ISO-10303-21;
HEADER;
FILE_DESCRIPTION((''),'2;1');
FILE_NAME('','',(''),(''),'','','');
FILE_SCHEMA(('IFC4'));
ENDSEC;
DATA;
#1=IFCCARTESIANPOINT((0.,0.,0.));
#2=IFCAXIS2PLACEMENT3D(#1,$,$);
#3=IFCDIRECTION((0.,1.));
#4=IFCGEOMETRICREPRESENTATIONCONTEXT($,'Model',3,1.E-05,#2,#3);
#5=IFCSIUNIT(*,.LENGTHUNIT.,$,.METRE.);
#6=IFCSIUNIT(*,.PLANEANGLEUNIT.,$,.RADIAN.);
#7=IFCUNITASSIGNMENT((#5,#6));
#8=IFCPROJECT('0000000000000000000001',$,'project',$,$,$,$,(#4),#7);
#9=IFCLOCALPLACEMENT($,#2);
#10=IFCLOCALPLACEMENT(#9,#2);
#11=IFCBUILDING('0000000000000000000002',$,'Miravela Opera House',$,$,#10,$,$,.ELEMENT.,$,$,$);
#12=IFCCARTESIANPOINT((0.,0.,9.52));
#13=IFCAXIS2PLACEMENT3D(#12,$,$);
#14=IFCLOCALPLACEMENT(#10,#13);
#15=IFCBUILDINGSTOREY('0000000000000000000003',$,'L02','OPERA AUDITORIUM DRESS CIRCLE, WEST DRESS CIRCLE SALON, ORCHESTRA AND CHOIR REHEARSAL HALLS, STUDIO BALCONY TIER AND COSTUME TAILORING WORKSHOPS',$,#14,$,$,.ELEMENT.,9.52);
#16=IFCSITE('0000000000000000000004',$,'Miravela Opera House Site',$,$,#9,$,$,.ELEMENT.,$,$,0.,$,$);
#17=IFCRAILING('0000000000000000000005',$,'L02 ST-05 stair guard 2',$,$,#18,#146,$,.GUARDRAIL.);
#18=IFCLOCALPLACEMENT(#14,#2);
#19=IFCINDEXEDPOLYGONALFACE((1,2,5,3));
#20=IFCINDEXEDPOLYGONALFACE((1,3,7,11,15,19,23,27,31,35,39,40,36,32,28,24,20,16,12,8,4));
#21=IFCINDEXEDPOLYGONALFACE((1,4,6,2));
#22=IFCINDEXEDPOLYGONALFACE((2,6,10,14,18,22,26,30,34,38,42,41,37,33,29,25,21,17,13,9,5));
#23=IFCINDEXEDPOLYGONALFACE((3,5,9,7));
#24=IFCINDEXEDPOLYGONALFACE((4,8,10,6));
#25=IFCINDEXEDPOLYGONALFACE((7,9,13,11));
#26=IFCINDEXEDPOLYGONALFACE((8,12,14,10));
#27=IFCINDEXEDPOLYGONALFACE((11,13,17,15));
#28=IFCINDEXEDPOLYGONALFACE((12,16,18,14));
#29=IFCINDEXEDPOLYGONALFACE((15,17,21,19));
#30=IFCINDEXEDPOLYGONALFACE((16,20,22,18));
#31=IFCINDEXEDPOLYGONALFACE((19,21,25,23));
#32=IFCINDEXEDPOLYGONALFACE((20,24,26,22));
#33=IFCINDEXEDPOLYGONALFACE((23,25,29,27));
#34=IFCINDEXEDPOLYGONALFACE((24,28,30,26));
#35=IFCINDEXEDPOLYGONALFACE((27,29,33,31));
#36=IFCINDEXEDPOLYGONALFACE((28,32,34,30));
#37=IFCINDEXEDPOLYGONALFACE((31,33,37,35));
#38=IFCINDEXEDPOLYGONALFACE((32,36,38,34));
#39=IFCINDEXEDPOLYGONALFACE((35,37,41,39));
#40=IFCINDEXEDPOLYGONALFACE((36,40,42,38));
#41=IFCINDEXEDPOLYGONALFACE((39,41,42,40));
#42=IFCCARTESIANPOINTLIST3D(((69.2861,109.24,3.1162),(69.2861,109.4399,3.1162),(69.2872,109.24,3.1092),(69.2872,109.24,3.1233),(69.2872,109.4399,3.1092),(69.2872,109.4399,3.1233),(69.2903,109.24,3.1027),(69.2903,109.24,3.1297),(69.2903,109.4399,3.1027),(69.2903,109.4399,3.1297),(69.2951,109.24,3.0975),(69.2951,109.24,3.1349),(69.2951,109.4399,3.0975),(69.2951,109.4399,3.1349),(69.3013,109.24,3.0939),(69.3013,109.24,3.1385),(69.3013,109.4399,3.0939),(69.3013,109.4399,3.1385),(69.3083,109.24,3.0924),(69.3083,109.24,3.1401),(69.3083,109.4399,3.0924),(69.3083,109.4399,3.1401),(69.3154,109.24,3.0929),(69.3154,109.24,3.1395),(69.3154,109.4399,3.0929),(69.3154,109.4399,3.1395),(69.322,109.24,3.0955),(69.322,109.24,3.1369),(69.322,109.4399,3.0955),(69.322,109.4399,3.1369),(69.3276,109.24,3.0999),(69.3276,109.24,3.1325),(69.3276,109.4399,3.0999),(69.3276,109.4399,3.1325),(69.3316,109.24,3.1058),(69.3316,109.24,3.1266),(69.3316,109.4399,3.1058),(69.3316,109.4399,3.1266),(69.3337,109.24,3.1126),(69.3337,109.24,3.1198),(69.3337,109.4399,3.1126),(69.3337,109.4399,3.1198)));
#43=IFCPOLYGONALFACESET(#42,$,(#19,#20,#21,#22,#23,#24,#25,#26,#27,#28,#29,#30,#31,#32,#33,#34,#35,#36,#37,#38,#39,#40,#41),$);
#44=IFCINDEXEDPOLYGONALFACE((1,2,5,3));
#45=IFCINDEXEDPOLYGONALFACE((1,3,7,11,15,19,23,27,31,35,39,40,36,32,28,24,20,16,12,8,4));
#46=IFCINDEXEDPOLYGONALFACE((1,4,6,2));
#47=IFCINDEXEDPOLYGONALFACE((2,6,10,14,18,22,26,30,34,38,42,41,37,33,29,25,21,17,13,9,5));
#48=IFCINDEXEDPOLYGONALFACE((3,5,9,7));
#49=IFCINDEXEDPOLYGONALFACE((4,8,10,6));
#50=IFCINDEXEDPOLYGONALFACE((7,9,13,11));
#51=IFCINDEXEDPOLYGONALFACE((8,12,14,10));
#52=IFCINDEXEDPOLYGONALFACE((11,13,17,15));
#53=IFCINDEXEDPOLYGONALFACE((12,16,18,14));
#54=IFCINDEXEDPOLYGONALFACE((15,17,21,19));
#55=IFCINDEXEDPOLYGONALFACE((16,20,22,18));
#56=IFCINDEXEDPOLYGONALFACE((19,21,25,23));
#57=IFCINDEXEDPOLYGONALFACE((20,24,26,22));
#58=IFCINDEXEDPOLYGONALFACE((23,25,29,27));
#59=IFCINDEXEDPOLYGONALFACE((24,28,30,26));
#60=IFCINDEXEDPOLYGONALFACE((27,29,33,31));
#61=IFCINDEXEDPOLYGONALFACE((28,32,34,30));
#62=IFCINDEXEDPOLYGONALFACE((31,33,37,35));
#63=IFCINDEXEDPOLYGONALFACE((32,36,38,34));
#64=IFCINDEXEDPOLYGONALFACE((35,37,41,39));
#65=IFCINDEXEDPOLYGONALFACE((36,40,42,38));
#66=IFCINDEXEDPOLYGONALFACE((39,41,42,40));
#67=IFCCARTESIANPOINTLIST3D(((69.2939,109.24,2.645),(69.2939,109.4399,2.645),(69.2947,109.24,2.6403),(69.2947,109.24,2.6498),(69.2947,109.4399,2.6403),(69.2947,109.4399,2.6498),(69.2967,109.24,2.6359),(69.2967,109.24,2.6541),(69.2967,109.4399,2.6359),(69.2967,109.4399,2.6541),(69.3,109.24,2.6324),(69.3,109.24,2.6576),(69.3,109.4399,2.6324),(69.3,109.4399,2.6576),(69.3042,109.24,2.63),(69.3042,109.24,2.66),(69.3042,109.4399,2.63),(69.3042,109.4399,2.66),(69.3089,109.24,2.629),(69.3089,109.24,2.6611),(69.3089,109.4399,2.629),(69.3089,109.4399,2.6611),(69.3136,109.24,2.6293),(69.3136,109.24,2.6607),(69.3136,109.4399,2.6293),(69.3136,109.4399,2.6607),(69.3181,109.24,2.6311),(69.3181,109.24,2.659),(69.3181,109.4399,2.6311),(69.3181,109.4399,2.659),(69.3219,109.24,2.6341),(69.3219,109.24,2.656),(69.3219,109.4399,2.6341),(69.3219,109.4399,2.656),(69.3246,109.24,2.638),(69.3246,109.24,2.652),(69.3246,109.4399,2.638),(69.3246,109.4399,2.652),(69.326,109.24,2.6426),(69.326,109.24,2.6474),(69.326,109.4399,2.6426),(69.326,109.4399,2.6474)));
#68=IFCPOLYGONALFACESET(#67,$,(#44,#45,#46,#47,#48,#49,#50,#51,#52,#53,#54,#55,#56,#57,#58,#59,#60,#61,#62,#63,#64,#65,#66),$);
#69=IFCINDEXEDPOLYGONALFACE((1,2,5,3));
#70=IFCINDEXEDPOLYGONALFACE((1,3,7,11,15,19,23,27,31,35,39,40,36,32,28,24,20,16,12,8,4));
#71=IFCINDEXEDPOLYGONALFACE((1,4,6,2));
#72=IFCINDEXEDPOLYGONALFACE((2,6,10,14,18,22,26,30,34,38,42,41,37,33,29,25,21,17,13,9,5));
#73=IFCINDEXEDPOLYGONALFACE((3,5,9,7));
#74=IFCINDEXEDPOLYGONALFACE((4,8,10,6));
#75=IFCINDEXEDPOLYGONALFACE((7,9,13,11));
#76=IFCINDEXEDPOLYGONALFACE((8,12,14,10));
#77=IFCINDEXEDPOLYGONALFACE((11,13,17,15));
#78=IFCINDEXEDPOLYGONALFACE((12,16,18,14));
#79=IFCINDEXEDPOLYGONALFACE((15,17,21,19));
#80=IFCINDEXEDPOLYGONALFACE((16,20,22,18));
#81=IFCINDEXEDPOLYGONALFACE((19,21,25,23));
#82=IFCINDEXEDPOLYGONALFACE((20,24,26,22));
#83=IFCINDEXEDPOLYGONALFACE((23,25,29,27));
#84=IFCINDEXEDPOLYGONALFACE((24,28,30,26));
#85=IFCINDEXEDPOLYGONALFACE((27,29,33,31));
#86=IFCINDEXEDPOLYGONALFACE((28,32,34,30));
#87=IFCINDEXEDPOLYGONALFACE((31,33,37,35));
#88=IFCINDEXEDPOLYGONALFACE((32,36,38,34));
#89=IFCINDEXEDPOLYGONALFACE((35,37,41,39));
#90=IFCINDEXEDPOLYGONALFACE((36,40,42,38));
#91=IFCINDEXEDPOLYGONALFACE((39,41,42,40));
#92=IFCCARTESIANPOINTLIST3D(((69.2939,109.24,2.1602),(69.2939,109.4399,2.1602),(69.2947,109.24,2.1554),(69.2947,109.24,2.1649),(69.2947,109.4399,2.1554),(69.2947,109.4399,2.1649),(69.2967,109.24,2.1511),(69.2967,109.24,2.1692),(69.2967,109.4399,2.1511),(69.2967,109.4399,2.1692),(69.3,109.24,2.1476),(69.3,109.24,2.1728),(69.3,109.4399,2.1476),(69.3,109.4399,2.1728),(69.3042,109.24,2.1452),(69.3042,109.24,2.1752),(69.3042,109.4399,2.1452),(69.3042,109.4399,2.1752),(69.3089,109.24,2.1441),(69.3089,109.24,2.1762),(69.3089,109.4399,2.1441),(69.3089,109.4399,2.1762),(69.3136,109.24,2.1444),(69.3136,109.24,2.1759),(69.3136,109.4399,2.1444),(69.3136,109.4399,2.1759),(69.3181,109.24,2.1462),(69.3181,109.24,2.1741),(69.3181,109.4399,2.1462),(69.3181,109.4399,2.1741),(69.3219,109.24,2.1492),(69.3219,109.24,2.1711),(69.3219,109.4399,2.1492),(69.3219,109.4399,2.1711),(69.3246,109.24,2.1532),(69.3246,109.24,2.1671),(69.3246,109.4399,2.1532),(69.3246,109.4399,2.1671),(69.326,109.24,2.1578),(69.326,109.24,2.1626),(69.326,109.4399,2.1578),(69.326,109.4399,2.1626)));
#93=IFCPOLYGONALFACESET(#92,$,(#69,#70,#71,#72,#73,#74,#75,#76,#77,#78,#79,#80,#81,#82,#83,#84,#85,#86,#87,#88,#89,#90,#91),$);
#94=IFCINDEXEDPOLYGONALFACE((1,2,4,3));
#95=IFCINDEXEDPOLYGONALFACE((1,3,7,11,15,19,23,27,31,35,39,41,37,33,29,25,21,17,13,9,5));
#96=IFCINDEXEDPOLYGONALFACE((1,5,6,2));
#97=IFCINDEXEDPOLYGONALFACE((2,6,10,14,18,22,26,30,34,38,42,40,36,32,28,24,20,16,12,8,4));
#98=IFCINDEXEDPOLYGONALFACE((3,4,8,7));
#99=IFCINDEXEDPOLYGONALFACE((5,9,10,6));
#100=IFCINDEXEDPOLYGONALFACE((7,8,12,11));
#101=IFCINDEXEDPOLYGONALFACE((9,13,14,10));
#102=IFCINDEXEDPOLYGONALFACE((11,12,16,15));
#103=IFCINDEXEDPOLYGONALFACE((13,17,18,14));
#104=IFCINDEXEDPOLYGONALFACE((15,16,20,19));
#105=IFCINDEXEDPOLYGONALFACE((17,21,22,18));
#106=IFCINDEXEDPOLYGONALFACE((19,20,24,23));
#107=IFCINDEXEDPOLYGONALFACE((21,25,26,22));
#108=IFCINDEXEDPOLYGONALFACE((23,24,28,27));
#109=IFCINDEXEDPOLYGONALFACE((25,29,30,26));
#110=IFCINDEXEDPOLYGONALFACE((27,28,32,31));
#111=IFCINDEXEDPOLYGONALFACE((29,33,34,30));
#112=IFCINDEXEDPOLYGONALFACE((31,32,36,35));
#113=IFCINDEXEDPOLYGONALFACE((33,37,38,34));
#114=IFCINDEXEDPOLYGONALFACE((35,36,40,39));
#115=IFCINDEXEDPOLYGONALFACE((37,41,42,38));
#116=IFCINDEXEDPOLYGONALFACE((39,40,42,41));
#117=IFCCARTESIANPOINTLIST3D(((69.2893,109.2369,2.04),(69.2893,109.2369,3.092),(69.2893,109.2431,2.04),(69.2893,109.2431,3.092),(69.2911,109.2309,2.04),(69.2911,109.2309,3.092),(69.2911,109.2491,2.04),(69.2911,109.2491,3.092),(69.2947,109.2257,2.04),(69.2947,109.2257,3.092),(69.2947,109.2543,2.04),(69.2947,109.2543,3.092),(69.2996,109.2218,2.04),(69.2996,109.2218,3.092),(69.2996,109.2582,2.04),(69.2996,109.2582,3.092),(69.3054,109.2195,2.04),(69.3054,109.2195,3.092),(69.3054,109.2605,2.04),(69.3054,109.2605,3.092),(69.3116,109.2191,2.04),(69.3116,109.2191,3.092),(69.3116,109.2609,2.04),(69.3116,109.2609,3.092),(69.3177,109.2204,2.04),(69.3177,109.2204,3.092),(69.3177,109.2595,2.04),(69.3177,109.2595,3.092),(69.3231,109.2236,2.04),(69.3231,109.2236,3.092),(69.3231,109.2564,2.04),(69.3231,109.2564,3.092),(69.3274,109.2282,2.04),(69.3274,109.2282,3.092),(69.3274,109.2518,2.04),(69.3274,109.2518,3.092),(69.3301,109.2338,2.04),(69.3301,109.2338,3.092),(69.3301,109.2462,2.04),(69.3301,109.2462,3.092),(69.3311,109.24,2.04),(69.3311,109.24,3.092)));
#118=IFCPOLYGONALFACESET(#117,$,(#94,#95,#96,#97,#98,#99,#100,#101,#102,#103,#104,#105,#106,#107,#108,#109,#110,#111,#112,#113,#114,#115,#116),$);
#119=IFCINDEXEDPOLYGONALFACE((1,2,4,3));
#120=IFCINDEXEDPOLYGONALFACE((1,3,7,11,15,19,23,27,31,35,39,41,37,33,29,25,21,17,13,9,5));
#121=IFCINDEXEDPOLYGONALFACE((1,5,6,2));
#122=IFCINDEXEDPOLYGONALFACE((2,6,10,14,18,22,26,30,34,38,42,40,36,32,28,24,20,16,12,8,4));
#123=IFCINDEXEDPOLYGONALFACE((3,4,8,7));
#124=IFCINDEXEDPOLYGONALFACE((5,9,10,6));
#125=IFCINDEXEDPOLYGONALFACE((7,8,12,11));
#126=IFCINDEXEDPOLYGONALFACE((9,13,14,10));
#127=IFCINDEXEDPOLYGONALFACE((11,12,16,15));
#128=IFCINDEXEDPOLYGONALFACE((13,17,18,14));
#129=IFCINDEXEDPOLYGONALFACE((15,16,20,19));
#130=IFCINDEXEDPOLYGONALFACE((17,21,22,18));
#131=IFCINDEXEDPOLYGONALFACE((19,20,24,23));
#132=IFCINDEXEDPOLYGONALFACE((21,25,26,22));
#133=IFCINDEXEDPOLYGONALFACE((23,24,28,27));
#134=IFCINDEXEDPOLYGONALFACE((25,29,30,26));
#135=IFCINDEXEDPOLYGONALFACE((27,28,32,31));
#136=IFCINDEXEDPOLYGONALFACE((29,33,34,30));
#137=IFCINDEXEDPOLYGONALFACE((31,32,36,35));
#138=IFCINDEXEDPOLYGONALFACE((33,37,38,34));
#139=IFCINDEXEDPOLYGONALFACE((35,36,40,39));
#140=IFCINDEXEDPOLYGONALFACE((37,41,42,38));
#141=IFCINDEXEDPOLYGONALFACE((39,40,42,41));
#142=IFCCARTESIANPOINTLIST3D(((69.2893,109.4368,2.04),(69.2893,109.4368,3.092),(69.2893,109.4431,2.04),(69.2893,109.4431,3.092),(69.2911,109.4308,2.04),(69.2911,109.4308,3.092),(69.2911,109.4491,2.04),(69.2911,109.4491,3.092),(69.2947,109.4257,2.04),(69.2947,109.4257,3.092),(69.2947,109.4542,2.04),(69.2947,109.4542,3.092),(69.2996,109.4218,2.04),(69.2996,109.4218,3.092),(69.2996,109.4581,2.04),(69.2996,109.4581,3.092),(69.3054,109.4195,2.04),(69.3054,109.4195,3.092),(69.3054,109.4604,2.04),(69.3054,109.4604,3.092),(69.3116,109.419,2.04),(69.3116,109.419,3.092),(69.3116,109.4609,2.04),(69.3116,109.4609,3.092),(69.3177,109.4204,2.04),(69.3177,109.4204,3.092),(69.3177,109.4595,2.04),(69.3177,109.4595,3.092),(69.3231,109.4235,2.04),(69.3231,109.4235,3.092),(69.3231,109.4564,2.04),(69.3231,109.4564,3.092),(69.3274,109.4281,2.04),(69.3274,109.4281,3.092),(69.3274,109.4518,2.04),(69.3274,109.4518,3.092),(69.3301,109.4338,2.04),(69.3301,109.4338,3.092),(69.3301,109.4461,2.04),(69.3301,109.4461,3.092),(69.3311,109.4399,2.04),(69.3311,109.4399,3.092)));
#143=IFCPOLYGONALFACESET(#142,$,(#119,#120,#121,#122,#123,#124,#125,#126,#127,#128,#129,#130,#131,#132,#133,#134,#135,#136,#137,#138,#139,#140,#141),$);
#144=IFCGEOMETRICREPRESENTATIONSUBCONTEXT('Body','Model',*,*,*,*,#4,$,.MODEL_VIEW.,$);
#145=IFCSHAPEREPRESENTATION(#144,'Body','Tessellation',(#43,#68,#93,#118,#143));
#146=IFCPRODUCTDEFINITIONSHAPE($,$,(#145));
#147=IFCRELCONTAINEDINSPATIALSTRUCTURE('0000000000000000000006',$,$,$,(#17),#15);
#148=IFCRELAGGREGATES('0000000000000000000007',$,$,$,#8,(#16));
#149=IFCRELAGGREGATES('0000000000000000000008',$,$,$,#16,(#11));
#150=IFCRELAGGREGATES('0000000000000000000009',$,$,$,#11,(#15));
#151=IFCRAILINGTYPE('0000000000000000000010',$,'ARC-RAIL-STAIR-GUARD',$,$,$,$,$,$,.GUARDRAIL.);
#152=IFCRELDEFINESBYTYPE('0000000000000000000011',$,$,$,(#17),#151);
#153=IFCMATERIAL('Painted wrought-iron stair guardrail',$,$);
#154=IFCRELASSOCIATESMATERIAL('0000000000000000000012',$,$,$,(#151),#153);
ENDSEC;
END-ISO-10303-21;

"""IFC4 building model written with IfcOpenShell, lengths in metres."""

from ifc_helpers import new_model, si_unit, direction, frame, origin, origin_2d, place, context, subcontext, project, spatial, circle, extrude, material, type_object, element, save


model = new_model("IFC4")

# Units and contexts
model_context = context("Model", 3, precision=1e-05, world=origin(), true_north=direction((0.0, 1.0)))
body_context = subcontext(model_context, "Body", "Model", "MODEL_VIEW")
ifc_project = project(units=[si_unit("LENGTHUNIT", "METRE"), si_unit("PLANEANGLEUNIT", "RADIAN")], contexts=[model_context])

# Site, building, storey
site_placement = place(None, origin())
site = spatial("IfcSite", under=ifc_project, at=site_placement, Name="Miravela Opera House Site", CompositionType="ELEMENT", RefElevation=0.0)
building_placement = place(site_placement, origin())
building = spatial("IfcBuilding", under=site, at=building_placement, Name="Miravela Opera House", CompositionType="ELEMENT")
storey_placement = place(building_placement, frame((0.0, 0.0, 9.52)))
storey = spatial("IfcBuildingStorey", under=building, at=storey_placement, Name="L02", Description="OPERA AUDITORIUM DRESS CIRCLE, WEST DRESS CIRCLE SALON, ORCHESTRA AND CHOIR REHEARSAL HALLS, STUDIO BALCONY TIER AND COSTUME TAILORING WORKSHOPS", CompositionType="ELEMENT", Elevation=9.52)

# Railing
ifc_material_1 = material(Name="Painted wrought-iron stair guardrail")
railing_type_1 = type_object("IfcRailingType", Name="ARC-RAIL-STAIR-GUARD", PredefinedType="GUARDRAIL", material=ifc_material_1)
railing_1_placement = place(storey_placement, frame((69.3101, 109.24, 2.04)))
element("IfcRailing", 1, at=railing_1_placement, inside=storey, type_object=railing_type_1, Name="L02 ST-05 stair guard 2", PredefinedType="GUARDRAIL", context=body_context, shape_type="SweptSolid", body=[
    extrude(circle(Radius=0.0239, at=origin_2d()), frame((0.0, 0.0, 1.0762), z_axis=(0.0, 1.0, 0.0), x_axis=(-1.0, 0.0, 0.0)), (0.0, 0.0, 1.0), 0.2),
    extrude(circle(Radius=0.0161, at=origin_2d()), frame((0.0, 0.0, 0.605), z_axis=(0.0, 1.0, 0.0), x_axis=(-1.0, 0.0, 0.0)), (0.0, 0.0, 1.0), 0.2),
    extrude(circle(Radius=0.0161, at=origin_2d()), frame((0.0, 0.0, 0.1201), z_axis=(0.0, 1.0, 0.0), x_axis=(-1.0, 0.0, 0.0)), (0.0, 0.0, 1.0), 0.2),
    extrude(circle(Radius=0.021, at=origin_2d()), origin(), (0.0, 0.0, 1.0), 1.052),
    extrude(circle(Radius=0.021, at=origin_2d()), frame((0.0, 0.2, 0.0)), (0.0, 0.0, 1.0), 1.052),
])

save(model, "model.ifc")
